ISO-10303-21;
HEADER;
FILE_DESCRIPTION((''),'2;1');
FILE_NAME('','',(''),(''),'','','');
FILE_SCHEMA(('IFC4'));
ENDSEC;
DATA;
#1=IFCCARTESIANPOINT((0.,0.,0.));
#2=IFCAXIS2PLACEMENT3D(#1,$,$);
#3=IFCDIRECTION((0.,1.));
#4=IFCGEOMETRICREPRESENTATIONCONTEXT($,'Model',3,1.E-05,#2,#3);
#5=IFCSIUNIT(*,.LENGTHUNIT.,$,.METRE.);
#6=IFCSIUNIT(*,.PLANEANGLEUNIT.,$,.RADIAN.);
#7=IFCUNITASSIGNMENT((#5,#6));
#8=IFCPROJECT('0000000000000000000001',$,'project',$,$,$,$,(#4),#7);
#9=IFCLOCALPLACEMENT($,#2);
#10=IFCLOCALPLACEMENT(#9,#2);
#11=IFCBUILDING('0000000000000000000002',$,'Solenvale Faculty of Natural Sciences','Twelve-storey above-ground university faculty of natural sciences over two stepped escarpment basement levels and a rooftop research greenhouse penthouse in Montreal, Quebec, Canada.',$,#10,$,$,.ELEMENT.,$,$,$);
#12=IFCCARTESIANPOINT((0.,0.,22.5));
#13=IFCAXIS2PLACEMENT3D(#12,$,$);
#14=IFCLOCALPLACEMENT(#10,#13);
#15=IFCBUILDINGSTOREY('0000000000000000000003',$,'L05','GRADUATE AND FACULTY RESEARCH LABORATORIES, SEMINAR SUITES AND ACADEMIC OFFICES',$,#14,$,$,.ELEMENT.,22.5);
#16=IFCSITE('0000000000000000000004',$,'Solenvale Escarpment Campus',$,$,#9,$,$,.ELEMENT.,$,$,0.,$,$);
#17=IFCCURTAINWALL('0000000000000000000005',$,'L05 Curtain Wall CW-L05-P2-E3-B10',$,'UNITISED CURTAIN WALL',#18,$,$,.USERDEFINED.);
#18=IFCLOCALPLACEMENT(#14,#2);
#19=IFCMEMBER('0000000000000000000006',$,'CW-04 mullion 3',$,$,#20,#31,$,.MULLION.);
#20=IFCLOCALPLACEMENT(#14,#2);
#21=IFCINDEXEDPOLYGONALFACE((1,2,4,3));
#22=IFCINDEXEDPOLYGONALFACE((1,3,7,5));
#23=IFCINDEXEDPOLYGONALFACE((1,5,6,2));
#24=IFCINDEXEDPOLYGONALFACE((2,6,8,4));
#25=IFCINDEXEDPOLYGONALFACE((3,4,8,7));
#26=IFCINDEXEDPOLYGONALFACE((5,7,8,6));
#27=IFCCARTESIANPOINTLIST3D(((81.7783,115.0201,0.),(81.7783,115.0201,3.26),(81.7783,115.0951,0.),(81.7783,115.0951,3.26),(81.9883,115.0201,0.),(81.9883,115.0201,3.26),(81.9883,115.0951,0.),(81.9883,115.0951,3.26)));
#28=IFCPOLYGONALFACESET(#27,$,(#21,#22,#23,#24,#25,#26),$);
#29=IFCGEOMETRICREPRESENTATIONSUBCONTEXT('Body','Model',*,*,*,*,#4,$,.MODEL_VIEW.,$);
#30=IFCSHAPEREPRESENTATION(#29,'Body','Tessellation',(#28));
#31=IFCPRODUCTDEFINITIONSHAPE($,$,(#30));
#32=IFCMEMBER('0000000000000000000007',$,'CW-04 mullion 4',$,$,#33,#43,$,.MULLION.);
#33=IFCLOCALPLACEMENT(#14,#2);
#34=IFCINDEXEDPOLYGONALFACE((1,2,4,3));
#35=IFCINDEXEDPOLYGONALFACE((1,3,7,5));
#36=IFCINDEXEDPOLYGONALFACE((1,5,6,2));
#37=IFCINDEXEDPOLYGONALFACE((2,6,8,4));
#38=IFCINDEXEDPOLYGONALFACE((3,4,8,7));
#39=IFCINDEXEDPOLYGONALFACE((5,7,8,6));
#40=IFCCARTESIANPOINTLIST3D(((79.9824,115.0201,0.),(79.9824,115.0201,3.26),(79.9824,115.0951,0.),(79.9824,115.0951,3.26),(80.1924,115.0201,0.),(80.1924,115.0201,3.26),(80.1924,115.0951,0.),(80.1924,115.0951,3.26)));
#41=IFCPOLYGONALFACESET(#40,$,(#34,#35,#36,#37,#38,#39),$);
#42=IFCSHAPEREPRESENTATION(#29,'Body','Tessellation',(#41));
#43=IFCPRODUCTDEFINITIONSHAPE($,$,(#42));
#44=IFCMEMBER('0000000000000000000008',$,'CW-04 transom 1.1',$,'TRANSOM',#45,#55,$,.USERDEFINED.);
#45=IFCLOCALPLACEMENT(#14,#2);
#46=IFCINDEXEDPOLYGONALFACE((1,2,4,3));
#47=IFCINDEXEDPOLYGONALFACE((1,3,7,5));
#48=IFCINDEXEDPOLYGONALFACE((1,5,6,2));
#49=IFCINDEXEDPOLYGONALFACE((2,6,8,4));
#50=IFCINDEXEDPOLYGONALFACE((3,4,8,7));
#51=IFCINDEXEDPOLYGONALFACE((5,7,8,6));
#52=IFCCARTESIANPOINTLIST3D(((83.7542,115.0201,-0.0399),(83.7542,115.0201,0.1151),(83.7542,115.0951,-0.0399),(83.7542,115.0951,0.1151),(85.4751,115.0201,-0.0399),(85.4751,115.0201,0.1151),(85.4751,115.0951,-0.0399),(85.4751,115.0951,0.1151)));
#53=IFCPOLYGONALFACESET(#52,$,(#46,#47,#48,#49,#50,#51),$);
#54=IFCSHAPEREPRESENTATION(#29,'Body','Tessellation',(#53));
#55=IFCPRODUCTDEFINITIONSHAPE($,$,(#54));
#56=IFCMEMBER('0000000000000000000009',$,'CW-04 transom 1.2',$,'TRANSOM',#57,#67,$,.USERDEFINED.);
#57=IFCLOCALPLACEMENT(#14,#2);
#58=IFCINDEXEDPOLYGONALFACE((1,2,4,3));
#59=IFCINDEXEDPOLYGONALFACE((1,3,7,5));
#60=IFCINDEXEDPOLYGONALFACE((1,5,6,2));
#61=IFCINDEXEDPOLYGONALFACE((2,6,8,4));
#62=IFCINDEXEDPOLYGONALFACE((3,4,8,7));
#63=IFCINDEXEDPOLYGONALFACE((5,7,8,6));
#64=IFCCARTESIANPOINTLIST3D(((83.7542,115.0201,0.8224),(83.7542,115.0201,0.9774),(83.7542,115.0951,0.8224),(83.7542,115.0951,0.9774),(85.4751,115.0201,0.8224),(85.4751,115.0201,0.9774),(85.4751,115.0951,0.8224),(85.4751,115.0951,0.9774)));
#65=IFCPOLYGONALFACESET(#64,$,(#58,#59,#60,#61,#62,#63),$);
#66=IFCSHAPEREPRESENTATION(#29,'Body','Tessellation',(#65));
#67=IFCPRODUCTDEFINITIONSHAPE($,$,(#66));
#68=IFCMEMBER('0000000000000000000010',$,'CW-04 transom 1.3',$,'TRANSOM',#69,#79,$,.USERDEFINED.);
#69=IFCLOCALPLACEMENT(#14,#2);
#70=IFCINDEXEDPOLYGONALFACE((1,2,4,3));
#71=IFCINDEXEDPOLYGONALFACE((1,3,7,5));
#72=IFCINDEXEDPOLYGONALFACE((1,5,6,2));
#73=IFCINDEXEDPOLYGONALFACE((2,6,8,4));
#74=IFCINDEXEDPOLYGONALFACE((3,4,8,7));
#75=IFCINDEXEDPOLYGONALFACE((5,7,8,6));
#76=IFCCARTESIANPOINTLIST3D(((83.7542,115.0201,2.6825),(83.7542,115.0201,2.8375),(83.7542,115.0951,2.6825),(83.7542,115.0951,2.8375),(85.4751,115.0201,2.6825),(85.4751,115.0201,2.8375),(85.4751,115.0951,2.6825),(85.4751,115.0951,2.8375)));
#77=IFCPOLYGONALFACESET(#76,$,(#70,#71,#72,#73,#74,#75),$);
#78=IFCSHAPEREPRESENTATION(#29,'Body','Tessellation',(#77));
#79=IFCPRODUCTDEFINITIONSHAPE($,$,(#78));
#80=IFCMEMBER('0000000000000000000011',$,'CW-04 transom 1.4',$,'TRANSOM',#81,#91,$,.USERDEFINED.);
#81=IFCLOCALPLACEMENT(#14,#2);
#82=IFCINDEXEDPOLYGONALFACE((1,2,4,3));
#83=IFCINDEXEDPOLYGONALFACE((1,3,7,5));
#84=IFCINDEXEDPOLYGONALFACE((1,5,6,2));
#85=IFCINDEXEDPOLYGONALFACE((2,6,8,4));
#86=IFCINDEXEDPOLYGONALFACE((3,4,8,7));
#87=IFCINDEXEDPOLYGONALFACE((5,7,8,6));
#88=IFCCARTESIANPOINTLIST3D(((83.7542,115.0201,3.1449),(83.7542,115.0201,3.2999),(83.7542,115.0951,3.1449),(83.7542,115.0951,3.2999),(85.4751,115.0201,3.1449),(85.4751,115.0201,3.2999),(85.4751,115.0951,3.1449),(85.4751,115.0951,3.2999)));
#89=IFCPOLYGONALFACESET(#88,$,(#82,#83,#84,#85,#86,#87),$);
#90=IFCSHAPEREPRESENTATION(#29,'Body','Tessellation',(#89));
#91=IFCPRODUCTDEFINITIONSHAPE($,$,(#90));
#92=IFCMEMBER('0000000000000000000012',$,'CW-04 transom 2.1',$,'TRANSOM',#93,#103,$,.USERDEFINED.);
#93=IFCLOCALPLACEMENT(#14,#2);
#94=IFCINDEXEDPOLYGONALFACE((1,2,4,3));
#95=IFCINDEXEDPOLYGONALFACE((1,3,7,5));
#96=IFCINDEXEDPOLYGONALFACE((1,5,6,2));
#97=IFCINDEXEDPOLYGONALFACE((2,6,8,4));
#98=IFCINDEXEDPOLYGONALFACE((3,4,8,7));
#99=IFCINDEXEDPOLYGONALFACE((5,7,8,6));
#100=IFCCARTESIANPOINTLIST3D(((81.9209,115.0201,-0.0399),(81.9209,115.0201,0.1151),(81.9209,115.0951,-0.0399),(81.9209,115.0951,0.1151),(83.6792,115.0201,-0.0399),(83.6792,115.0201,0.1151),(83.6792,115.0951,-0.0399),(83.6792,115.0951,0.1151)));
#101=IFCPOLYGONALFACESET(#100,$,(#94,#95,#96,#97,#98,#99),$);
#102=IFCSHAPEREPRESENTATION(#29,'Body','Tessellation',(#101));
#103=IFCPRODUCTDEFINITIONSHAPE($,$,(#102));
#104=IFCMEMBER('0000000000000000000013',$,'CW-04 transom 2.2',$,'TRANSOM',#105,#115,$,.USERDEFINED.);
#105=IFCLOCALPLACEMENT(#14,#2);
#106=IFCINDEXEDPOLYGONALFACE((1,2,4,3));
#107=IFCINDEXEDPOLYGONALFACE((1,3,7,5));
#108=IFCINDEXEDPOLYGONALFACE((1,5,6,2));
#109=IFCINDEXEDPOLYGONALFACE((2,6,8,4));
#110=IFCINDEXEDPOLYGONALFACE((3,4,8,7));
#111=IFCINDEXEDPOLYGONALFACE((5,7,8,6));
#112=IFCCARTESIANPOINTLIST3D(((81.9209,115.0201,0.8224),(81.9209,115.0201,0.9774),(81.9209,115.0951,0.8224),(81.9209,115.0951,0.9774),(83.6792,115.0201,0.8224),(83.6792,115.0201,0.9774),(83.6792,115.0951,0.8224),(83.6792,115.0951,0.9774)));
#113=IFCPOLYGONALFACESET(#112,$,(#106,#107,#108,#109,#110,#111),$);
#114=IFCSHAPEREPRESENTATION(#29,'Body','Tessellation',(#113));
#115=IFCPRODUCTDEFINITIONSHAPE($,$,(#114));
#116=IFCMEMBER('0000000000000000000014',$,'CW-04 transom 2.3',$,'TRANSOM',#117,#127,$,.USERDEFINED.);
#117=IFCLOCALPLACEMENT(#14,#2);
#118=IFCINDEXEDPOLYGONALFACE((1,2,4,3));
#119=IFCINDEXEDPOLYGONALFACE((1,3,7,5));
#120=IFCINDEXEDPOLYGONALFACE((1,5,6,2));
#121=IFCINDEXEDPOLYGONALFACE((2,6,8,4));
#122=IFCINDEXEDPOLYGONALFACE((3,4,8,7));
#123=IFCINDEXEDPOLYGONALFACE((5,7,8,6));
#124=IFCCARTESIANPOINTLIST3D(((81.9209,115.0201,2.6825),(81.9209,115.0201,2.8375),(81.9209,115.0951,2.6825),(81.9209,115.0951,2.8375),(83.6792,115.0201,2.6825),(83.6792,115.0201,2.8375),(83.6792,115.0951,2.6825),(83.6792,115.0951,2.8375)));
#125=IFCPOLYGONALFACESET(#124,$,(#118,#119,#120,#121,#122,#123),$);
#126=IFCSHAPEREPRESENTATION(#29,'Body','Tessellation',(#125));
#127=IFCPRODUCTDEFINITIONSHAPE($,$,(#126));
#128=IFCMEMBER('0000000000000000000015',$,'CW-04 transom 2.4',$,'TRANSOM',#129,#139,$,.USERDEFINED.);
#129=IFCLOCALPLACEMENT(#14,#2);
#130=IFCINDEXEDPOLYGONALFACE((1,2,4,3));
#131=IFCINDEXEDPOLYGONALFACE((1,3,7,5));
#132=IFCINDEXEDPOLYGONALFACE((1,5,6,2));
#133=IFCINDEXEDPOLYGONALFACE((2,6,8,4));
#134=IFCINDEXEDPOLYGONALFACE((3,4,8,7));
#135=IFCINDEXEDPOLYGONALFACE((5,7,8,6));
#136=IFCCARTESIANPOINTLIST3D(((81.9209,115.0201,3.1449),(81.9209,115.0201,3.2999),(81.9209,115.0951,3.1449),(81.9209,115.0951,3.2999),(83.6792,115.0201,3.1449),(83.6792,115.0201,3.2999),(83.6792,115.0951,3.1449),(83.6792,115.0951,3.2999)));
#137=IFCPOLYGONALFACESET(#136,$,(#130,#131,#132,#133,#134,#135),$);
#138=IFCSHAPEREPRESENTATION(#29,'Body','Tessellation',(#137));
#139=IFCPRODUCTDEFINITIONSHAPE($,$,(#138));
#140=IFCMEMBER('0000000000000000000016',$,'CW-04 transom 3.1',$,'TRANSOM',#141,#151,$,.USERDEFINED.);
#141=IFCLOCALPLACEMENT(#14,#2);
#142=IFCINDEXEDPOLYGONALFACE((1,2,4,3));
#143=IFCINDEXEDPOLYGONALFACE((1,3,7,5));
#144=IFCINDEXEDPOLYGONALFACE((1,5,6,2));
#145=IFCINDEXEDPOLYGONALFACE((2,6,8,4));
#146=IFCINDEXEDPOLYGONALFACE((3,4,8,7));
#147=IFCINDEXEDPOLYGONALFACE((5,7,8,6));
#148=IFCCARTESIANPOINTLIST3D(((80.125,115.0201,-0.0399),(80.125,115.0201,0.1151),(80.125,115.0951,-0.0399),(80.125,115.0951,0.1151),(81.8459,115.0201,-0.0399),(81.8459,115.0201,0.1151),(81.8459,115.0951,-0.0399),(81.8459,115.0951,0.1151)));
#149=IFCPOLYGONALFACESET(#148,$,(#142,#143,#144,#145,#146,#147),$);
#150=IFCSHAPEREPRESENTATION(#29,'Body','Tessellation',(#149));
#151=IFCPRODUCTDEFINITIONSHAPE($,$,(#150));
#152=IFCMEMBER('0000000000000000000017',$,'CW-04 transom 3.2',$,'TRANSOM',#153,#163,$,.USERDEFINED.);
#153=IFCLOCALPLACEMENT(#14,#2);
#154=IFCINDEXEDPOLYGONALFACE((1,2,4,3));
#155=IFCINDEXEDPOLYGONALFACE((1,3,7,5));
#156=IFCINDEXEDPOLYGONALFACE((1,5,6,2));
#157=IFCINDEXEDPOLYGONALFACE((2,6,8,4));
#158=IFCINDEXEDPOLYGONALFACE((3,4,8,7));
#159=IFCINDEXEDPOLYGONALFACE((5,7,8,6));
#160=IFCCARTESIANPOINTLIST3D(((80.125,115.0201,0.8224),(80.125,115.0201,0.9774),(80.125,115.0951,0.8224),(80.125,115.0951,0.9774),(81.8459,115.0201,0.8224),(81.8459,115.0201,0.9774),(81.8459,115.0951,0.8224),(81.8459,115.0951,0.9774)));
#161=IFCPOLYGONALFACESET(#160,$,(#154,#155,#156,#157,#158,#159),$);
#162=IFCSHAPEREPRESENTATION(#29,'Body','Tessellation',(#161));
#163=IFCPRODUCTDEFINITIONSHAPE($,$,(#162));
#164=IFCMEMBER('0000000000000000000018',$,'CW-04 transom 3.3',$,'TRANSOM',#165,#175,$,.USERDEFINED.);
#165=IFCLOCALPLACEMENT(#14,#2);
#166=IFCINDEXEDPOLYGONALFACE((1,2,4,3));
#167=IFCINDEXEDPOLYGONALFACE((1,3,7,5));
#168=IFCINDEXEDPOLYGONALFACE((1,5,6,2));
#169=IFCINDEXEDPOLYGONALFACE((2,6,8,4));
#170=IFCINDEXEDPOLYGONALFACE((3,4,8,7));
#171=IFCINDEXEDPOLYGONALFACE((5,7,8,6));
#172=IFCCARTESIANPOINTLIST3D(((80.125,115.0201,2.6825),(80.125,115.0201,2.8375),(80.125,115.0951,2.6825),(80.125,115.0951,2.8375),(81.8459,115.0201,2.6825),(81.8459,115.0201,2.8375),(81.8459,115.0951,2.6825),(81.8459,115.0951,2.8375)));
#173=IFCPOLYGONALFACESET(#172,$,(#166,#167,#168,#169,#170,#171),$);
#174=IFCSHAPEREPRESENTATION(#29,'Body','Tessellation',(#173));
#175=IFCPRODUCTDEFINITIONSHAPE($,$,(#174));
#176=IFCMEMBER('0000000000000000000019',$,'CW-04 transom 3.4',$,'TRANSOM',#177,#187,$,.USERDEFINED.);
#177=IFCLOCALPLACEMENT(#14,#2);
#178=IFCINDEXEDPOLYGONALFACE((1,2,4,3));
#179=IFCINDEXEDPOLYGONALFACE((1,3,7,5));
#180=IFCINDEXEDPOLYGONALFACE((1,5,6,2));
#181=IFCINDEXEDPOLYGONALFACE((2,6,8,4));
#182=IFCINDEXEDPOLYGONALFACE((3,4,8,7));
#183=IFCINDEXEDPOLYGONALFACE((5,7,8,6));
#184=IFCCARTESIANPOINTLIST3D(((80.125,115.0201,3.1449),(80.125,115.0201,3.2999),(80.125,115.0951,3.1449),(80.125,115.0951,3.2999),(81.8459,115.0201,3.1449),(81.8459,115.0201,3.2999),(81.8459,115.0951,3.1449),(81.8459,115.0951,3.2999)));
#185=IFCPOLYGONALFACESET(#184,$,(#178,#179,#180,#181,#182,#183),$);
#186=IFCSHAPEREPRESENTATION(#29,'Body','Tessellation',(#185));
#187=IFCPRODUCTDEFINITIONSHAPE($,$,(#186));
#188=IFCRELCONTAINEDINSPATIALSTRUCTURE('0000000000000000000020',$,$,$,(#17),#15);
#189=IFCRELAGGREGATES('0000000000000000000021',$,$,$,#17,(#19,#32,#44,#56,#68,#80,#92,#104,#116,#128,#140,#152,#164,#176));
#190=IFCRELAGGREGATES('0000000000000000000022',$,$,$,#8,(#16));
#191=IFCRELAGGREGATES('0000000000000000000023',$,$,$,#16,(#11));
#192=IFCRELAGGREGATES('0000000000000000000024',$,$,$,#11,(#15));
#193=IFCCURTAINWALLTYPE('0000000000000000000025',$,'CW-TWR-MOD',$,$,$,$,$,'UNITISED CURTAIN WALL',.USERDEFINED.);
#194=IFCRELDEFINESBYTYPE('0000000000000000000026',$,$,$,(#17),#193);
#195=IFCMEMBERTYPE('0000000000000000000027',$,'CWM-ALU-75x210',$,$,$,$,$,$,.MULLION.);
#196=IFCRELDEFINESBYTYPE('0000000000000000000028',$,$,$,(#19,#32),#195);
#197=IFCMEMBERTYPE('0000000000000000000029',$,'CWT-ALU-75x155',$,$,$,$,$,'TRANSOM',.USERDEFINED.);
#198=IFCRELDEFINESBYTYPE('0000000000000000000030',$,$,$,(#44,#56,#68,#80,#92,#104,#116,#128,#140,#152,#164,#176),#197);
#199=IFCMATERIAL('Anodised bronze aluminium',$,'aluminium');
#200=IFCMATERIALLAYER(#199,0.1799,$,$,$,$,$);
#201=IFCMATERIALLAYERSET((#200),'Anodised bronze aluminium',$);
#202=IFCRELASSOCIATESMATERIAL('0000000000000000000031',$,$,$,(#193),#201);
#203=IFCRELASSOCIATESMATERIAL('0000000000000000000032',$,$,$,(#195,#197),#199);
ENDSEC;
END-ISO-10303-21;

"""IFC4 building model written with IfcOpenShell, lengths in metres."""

from ifc_helpers import new_model, si_unit, direction, frame, origin, origin_2d, place, context, subcontext, project, spatial, rectangle, extrude, material, layer, layer_set, material_profile, profile_set, type_object, element, aggregate, save


model = new_model("IFC4")

# Units and contexts
model_context = context("Model", 3, precision=1e-05, world=origin(), true_north=direction((0.0, 1.0)))
body_context = subcontext(model_context, "Body", "Model", "MODEL_VIEW")
ifc_project = project(units=[si_unit("LENGTHUNIT", "METRE"), si_unit("PLANEANGLEUNIT", "RADIAN")], contexts=[model_context])

# Site, building, storey
site_placement = place(None, origin())
site = spatial("IfcSite", under=ifc_project, at=site_placement, Name="Solenvale Escarpment Campus", CompositionType="ELEMENT", RefElevation=0.0)
building_placement = place(site_placement, origin())
building = spatial("IfcBuilding", under=site, at=building_placement, Name="Solenvale Faculty of Natural Sciences", Description="Twelve-storey above-ground university faculty of natural sciences over two stepped escarpment basement levels and a rooftop research greenhouse penthouse in Montreal, Quebec, Canada.", CompositionType="ELEMENT")
storey_placement = place(building_placement, frame((0.0, 0.0, 22.5)))
storey = spatial("IfcBuildingStorey", under=building, at=storey_placement, Name="L05", Description="GRADUATE AND FACULTY RESEARCH LABORATORIES, SEMINAR SUITES AND ACADEMIC OFFICES", CompositionType="ELEMENT", Elevation=22.5)

# Curtain wall, members
ifc_material_1 = material(Name="Anodised bronze aluminium", Category="aluminium")
ifc_layer_1 = layer(ifc_material_1, 0.1799)
ifc_layer_set_1 = layer_set([ifc_layer_1], Name="Anodised bronze aluminium")
curtain_wall_type = type_object("IfcCurtainWallType", Name="CW-TWR-MOD", ElementType="UNITISED CURTAIN WALL", PredefinedType="USERDEFINED", material=ifc_layer_set_1)
curtain_wall_placement = place(storey_placement, origin())
curtain_wall = element("IfcCurtainWall", 1, at=curtain_wall_placement, inside=storey, type_object=curtain_wall_type, Name="L05 Curtain Wall CW-L05-P2-E3-B10", ObjectType="UNITISED CURTAIN WALL", PredefinedType="USERDEFINED")
ifc_material_profile_1 = material_profile(ifc_material_1, rectangle(XDim=0.075, YDim=0.21, at=origin_2d()), Name="ALU-MUL-75x210")
ifc_profile_set_1 = profile_set([ifc_material_profile_1], Name="Anodised bronze aluminium")
member_type_1 = type_object("IfcMemberType", Name="CWM-ALU-75x210", PredefinedType="MULLION", material=ifc_profile_set_1)
member_1_placement = place(storey_placement, frame((81.8833, 115.0576, 0.0), z_axis=(0.0, 0.0, 1.0), x_axis=(0.0, -1.0, 0.0)))
member_1 = element("IfcMember", 2, at=member_1_placement, type_object=member_type_1, Name="CW-04 mullion 3", PredefinedType="MULLION", context=body_context, shape_type="SweptSolid", body=[
    extrude(rectangle(XDim=0.075, YDim=0.21, at=origin_2d()), origin(), (0.0, 0.0, 1.0), 3.26),
])
member_2_placement = place(storey_placement, frame((80.0874, 115.0576, 0.0), z_axis=(0.0, 0.0, 1.0), x_axis=(0.0, -1.0, 0.0)))
member_2 = element("IfcMember", 3, at=member_2_placement, type_object=member_type_1, Name="CW-04 mullion 4", PredefinedType="MULLION", context=body_context, shape_type="SweptSolid", body=[
    extrude(rectangle(XDim=0.075, YDim=0.21, at=origin_2d()), origin(), (0.0, 0.0, 1.0), 3.26),
])
ifc_material_profile_2 = material_profile(ifc_material_1, rectangle(XDim=0.075, YDim=0.155, at=origin_2d()), Name="ALU-TRN-75x155")
ifc_profile_set_2 = profile_set([ifc_material_profile_2], Name="Anodised bronze aluminium")
member_type_2 = type_object("IfcMemberType", Name="CWT-ALU-75x155", ElementType="TRANSOM", PredefinedType="USERDEFINED", material=ifc_profile_set_2)
member_3_placement = place(storey_placement, frame((85.4751, 115.0576, 0.0376), z_axis=(-1.0, 0.0, 0.0), x_axis=(0.0, -1.0, 0.0)))
member_3 = element("IfcMember", 4, at=member_3_placement, type_object=member_type_2, Name="CW-04 transom 1.1", ObjectType="TRANSOM", PredefinedType="USERDEFINED", context=body_context, shape_type="SweptSolid", body=[
    extrude(rectangle(XDim=0.075, YDim=0.155, at=origin_2d()), origin(), (0.0, 0.0, 1.0), 1.7209),
])
member_4_placement = place(storey_placement, frame((85.4751, 115.0576, 0.8999), z_axis=(-1.0, 0.0, 0.0), x_axis=(0.0, -1.0, 0.0)))
member_4 = element("IfcMember", 5, at=member_4_placement, type_object=member_type_2, Name="CW-04 transom 1.2", ObjectType="TRANSOM", PredefinedType="USERDEFINED", context=body_context, shape_type="SweptSolid", body=[
    extrude(rectangle(XDim=0.075, YDim=0.155, at=origin_2d()), origin(), (0.0, 0.0, 1.0), 1.7209),
])
member_5_placement = place(storey_placement, frame((85.4751, 115.0576, 2.76), z_axis=(-1.0, 0.0, 0.0), x_axis=(0.0, -1.0, 0.0)))
member_5 = element("IfcMember", 6, at=member_5_placement, type_object=member_type_2, Name="CW-04 transom 1.3", ObjectType="TRANSOM", PredefinedType="USERDEFINED", context=body_context, shape_type="SweptSolid", body=[
    extrude(rectangle(XDim=0.075, YDim=0.155, at=origin_2d()), origin(), (0.0, 0.0, 1.0), 1.7209),
])
member_6_placement = place(storey_placement, frame((85.4751, 115.0576, 3.2224), z_axis=(-1.0, 0.0, 0.0), x_axis=(0.0, -1.0, 0.0)))
member_6 = element("IfcMember", 7, at=member_6_placement, type_object=member_type_2, Name="CW-04 transom 1.4", ObjectType="TRANSOM", PredefinedType="USERDEFINED", context=body_context, shape_type="SweptSolid", body=[
    extrude(rectangle(XDim=0.075, YDim=0.155, at=origin_2d()), origin(), (0.0, 0.0, 1.0), 1.7209),
])
member_7_placement = place(storey_placement, frame((83.6792, 115.0576, 0.0376), z_axis=(-1.0, 0.0, 0.0), x_axis=(0.0, -1.0, 0.0)))
member_7 = element("IfcMember", 8, at=member_7_placement, type_object=member_type_2, Name="CW-04 transom 2.1", ObjectType="TRANSOM", PredefinedType="USERDEFINED", context=body_context, shape_type="SweptSolid", body=[
    extrude(rectangle(XDim=0.075, YDim=0.155, at=origin_2d()), origin(), (0.0, 0.0, 1.0), 1.7583),
])
member_8_placement = place(storey_placement, frame((83.6792, 115.0576, 0.8999), z_axis=(-1.0, 0.0, 0.0), x_axis=(0.0, -1.0, 0.0)))
member_8 = element("IfcMember", 9, at=member_8_placement, type_object=member_type_2, Name="CW-04 transom 2.2", ObjectType="TRANSOM", PredefinedType="USERDEFINED", context=body_context, shape_type="SweptSolid", body=[
    extrude(rectangle(XDim=0.075, YDim=0.155, at=origin_2d()), origin(), (0.0, 0.0, 1.0), 1.7583),
])
member_9_placement = place(storey_placement, frame((83.6792, 115.0576, 2.76), z_axis=(-1.0, 0.0, 0.0), x_axis=(0.0, -1.0, 0.0)))
member_9 = element("IfcMember", 10, at=member_9_placement, type_object=member_type_2, Name="CW-04 transom 2.3", ObjectType="TRANSOM", PredefinedType="USERDEFINED", context=body_context, shape_type="SweptSolid", body=[
    extrude(rectangle(XDim=0.075, YDim=0.155, at=origin_2d()), origin(), (0.0, 0.0, 1.0), 1.7583),
])
member_10_placement = place(storey_placement, frame((83.6792, 115.0576, 3.2224), z_axis=(-1.0, 0.0, 0.0), x_axis=(0.0, -1.0, 0.0)))
member_10 = element("IfcMember", 11, at=member_10_placement, type_object=member_type_2, Name="CW-04 transom 2.4", ObjectType="TRANSOM", PredefinedType="USERDEFINED", context=body_context, shape_type="SweptSolid", body=[
    extrude(rectangle(XDim=0.075, YDim=0.155, at=origin_2d()), origin(), (0.0, 0.0, 1.0), 1.7583),
])
member_11_placement = place(storey_placement, frame((81.8459, 115.0576, 0.0376), z_axis=(-1.0, 0.0, 0.0), x_axis=(0.0, -1.0, 0.0)))
member_11 = element("IfcMember", 12, at=member_11_placement, type_object=member_type_2, Name="CW-04 transom 3.1", ObjectType="TRANSOM", PredefinedType="USERDEFINED", context=body_context, shape_type="SweptSolid", body=[
    extrude(rectangle(XDim=0.075, YDim=0.155, at=origin_2d()), origin(), (0.0, 0.0, 1.0), 1.7209),
])
member_12_placement = place(storey_placement, frame((81.8459, 115.0576, 0.8999), z_axis=(-1.0, 0.0, 0.0), x_axis=(0.0, -1.0, 0.0)))
member_12 = element("IfcMember", 13, at=member_12_placement, type_object=member_type_2, Name="CW-04 transom 3.2", ObjectType="TRANSOM", PredefinedType="USERDEFINED", context=body_context, shape_type="SweptSolid", body=[
    extrude(rectangle(XDim=0.075, YDim=0.155, at=origin_2d()), origin(), (0.0, 0.0, 1.0), 1.7209),
])
member_13_placement = place(storey_placement, frame((81.8459, 115.0576, 2.76), z_axis=(-1.0, 0.0, 0.0), x_axis=(0.0, -1.0, 0.0)))
member_13 = element("IfcMember", 14, at=member_13_placement, type_object=member_type_2, Name="CW-04 transom 3.3", ObjectType="TRANSOM", PredefinedType="USERDEFINED", context=body_context, shape_type="SweptSolid", body=[
    extrude(rectangle(XDim=0.075, YDim=0.155, at=origin_2d()), origin(), (0.0, 0.0, 1.0), 1.7209),
])
member_14_placement = place(storey_placement, frame((81.8459, 115.0576, 3.2224), z_axis=(-1.0, 0.0, 0.0), x_axis=(0.0, -1.0, 0.0)))
member_14 = element("IfcMember", 15, at=member_14_placement, type_object=member_type_2, Name="CW-04 transom 3.4", ObjectType="TRANSOM", PredefinedType="USERDEFINED", context=body_context, shape_type="SweptSolid", body=[
    extrude(rectangle(XDim=0.075, YDim=0.155, at=origin_2d()), origin(), (0.0, 0.0, 1.0), 1.7209),
])
aggregate(curtain_wall, [member_1, member_2, member_3, member_4, member_5, member_6, member_7, member_8, member_9, member_10, member_11, member_12, member_13, member_14])

save(model, "model.ifc")
